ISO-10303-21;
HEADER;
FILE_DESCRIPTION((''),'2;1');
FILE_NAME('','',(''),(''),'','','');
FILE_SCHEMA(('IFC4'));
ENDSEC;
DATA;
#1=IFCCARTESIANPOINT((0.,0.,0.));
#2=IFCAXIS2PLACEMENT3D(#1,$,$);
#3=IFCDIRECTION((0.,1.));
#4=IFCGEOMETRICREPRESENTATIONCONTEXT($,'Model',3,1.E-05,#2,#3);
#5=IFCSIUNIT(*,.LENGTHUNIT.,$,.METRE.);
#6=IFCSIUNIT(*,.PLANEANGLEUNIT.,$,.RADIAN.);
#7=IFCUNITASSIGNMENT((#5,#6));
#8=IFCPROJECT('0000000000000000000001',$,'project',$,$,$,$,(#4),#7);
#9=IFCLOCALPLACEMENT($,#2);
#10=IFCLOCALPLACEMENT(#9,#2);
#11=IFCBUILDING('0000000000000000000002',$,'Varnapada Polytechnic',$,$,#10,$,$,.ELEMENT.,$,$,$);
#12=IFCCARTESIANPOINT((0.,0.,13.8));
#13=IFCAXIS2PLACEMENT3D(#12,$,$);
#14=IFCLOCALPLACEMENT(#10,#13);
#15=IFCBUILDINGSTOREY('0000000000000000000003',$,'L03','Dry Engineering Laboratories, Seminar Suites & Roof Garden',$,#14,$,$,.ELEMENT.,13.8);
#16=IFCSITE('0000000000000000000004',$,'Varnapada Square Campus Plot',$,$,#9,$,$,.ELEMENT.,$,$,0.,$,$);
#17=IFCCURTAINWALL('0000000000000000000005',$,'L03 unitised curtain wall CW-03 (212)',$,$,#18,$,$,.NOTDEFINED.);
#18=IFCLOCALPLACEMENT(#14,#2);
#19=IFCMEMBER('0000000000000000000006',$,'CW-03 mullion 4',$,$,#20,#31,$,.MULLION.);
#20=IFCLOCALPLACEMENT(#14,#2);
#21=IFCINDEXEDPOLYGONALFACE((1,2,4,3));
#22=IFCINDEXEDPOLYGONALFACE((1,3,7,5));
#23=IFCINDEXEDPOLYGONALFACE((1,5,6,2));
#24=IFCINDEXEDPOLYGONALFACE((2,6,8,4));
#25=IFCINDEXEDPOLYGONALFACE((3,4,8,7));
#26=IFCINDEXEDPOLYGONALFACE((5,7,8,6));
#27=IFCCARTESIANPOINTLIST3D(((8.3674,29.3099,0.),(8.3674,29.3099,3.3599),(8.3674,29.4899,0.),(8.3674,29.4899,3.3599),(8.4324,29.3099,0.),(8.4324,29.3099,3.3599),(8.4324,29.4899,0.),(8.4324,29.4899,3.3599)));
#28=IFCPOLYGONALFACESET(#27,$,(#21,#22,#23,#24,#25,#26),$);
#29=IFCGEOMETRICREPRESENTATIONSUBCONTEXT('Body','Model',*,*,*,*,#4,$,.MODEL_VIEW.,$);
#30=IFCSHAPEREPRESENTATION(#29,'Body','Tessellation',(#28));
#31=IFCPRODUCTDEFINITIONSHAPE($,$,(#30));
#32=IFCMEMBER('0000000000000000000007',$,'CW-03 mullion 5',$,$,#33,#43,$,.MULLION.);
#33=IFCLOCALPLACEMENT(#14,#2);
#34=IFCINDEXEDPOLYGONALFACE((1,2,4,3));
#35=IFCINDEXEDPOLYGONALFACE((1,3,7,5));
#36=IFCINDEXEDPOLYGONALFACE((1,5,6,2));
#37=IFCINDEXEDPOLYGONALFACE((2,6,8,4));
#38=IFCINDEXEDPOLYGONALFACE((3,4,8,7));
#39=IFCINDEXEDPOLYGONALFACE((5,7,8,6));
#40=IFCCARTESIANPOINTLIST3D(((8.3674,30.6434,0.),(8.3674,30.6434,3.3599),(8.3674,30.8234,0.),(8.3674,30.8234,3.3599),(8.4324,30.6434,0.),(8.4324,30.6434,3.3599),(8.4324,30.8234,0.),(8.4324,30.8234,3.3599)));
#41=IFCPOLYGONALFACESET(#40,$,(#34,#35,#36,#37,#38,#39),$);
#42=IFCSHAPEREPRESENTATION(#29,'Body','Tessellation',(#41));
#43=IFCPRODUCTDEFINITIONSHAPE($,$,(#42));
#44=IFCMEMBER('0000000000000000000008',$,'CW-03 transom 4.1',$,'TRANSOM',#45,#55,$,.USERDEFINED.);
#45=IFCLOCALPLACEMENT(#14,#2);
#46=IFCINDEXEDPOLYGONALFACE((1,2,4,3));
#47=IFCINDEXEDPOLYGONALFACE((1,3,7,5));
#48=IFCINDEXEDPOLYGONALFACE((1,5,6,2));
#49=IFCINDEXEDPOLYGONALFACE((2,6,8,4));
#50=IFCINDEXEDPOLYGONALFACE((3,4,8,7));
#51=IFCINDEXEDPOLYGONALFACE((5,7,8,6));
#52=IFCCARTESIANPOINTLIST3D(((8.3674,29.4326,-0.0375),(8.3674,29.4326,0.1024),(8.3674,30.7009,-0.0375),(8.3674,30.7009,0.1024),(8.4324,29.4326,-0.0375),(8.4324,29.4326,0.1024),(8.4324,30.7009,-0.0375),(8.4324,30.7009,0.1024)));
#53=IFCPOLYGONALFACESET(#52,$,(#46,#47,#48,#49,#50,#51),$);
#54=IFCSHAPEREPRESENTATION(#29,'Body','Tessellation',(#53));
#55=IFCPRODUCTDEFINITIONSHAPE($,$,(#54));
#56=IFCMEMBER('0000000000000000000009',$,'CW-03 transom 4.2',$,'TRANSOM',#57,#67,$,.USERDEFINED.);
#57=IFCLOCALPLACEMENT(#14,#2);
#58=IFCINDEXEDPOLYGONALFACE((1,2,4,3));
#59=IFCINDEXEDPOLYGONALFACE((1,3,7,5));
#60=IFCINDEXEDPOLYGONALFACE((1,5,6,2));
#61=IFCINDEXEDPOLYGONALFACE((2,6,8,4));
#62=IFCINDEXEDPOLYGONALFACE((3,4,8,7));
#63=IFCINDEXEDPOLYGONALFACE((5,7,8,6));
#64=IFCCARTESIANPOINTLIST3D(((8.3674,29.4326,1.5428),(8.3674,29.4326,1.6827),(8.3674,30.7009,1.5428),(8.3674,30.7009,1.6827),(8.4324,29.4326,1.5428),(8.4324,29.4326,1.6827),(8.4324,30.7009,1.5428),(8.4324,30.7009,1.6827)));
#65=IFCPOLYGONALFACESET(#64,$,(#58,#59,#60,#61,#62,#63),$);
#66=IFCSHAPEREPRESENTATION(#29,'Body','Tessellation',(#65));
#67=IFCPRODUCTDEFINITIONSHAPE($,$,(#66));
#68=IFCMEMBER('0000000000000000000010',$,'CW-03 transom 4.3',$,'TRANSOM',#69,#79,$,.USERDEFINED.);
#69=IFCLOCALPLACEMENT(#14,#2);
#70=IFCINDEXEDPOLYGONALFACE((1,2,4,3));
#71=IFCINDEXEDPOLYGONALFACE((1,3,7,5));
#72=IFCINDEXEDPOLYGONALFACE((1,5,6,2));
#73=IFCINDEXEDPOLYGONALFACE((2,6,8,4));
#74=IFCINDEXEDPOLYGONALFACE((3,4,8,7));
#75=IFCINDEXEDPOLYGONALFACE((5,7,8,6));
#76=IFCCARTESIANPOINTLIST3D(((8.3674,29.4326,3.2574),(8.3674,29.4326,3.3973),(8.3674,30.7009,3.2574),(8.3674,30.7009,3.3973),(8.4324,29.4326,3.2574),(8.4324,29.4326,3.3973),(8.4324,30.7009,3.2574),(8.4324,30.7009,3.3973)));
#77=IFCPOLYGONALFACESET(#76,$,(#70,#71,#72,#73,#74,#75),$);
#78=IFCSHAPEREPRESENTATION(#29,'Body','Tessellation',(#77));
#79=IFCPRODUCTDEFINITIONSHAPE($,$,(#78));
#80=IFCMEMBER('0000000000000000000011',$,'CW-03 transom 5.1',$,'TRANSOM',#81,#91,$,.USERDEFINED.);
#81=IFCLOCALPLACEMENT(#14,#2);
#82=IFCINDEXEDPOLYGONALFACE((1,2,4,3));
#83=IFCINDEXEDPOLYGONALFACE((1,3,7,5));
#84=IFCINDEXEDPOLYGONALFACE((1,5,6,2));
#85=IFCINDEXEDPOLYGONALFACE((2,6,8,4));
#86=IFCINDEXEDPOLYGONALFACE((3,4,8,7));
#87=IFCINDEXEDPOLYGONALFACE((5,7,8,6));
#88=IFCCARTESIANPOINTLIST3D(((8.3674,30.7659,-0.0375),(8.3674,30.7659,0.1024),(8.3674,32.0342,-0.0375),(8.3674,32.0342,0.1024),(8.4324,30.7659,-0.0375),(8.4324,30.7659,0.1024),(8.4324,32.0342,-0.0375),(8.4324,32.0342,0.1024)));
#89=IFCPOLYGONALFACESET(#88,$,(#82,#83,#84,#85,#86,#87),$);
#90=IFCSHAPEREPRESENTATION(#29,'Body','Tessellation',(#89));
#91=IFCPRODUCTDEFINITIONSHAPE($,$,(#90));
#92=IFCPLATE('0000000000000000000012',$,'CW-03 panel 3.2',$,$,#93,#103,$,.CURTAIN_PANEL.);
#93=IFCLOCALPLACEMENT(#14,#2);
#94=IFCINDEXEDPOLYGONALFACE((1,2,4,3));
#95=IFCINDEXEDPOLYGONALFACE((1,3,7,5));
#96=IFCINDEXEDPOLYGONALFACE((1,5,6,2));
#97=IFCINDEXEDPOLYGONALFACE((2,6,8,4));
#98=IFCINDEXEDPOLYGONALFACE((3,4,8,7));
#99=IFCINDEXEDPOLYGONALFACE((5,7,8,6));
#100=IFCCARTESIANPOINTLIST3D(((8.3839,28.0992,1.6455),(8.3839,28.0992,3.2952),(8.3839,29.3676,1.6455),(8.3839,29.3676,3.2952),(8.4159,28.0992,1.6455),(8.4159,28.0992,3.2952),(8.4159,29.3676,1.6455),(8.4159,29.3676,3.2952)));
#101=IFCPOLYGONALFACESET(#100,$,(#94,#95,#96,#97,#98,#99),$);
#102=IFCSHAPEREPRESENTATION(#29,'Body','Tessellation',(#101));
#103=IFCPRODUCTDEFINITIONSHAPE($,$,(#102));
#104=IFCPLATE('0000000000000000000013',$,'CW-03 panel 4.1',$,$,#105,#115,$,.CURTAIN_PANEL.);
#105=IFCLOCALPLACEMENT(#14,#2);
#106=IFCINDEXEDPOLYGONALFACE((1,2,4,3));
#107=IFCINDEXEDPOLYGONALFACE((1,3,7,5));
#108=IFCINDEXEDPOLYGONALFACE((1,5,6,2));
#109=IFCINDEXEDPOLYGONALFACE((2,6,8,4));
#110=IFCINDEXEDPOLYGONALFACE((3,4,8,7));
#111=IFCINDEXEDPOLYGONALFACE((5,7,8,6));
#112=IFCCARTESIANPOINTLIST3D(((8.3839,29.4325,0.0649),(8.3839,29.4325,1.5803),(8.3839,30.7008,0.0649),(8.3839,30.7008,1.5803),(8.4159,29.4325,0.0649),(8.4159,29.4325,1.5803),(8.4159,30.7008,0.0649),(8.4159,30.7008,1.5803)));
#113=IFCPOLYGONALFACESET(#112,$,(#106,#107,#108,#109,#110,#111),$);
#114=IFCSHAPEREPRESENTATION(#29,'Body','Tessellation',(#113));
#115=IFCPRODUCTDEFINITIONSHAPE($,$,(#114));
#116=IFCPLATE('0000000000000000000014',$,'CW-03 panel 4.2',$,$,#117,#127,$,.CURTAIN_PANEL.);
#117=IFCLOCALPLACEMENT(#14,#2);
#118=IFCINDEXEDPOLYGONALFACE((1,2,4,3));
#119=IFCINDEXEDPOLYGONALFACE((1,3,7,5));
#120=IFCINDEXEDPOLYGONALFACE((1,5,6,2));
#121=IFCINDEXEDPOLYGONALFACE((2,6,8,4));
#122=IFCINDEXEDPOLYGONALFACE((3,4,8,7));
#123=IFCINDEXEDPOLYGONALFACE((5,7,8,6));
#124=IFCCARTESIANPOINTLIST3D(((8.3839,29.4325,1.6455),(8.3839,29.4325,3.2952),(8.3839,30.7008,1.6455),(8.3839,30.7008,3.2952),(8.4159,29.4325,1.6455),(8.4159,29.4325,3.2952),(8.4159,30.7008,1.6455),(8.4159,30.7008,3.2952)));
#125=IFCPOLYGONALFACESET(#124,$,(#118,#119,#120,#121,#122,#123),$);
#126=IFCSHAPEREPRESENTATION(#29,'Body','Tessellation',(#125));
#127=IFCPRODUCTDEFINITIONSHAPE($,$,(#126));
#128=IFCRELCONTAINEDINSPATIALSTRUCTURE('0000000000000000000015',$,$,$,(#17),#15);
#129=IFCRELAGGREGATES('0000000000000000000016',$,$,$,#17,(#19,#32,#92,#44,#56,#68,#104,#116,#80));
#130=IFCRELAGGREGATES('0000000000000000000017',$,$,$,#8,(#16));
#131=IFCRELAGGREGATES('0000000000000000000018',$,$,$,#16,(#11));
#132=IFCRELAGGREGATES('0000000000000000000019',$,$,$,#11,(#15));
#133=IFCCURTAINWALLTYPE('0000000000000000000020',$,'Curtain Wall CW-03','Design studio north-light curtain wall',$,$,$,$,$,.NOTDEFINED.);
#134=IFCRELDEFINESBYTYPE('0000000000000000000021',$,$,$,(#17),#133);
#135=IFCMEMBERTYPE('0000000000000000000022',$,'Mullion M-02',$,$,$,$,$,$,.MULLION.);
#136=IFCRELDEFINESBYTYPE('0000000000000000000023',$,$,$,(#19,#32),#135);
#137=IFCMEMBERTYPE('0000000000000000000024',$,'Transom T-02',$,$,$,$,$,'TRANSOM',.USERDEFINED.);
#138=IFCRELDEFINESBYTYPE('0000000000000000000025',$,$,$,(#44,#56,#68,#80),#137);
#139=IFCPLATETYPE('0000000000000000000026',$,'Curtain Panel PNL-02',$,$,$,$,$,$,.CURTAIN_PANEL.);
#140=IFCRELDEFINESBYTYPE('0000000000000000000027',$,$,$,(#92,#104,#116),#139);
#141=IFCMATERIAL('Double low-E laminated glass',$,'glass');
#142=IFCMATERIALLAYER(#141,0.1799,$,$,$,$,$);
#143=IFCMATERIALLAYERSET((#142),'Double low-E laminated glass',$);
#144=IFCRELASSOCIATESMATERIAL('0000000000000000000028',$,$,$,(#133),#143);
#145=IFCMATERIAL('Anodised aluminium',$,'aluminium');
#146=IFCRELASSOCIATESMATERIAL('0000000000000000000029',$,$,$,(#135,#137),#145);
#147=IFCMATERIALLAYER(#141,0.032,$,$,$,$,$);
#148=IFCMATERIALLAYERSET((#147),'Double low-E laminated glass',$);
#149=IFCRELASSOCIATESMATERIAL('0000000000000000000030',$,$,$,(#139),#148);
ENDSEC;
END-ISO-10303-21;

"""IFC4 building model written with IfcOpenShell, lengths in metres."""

from ifc_helpers import new_model, si_unit, direction, frame, origin, origin_2d, place, context, subcontext, project, spatial, rectangle, extrude, material, layer, layer_set, material_profile, profile_set, type_object, element, aggregate, save


model = new_model("IFC4")

# Units and contexts
model_context = context("Model", 3, precision=1e-05, world=origin(), true_north=direction((0.0, 1.0)))
body_context = subcontext(model_context, "Body", "Model", "MODEL_VIEW")
ifc_project = project(units=[si_unit("LENGTHUNIT", "METRE"), si_unit("PLANEANGLEUNIT", "RADIAN")], contexts=[model_context])

# Site, building, storey
site_placement = place(None, origin())
site = spatial("IfcSite", under=ifc_project, at=site_placement, Name="Varnapada Square Campus Plot", CompositionType="ELEMENT", RefElevation=0.0)
building_placement = place(site_placement, origin())
building = spatial("IfcBuilding", under=site, at=building_placement, Name="Varnapada Polytechnic", CompositionType="ELEMENT")
storey_placement = place(building_placement, frame((0.0, 0.0, 13.8)))
storey = spatial("IfcBuildingStorey", under=building, at=storey_placement, Name="L03", Description="Dry Engineering Laboratories, Seminar Suites & Roof Garden", CompositionType="ELEMENT", Elevation=13.8)

# Curtain wall, members, plates
ifc_material_1 = material(Name="Double low-E laminated glass", Category="glass")
ifc_layer_1 = layer(ifc_material_1, 0.1799)
ifc_layer_set_1 = layer_set([ifc_layer_1], Name="Double low-E laminated glass")
curtain_wall_type = type_object("IfcCurtainWallType", Name="Curtain Wall CW-03", Description="Design studio north-light curtain wall", PredefinedType="NOTDEFINED", material=ifc_layer_set_1)
curtain_wall_placement = place(storey_placement, origin())
curtain_wall = element("IfcCurtainWall", 1, at=curtain_wall_placement, inside=storey, type_object=curtain_wall_type, Name="L03 unitised curtain wall CW-03 (212)", PredefinedType="NOTDEFINED")
ifc_material_2 = material(Name="Anodised aluminium", Category="aluminium")
ifc_material_profile_1 = material_profile(ifc_material_2, rectangle(XDim=0.0649, YDim=0.1799, at=origin_2d()), Name="ALU M65x180")
ifc_profile_set_1 = profile_set([ifc_material_profile_1], Name="Anodised aluminium")
member_type_1 = type_object("IfcMemberType", Name="Mullion M-02", PredefinedType="MULLION", material=ifc_profile_set_1)
member_1_placement = place(storey_placement, frame((8.3999, 29.3999, 0.0), z_axis=(0.0, 0.0, 1.0), x_axis=(-1.0, 0.0, 0.0)))
member_1 = element("IfcMember", 2, at=member_1_placement, type_object=member_type_1, Name="CW-03 mullion 4", PredefinedType="MULLION", context=body_context, shape_type="SweptSolid", body=[
    extrude(rectangle(XDim=0.0649, YDim=0.1799, at=origin_2d()), origin(), (0.0, 0.0, 1.0), 3.3599),
])
member_2_placement = place(storey_placement, frame((8.3999, 30.7334, 0.0), z_axis=(0.0, 0.0, 1.0), x_axis=(-1.0, 0.0, 0.0)))
member_2 = element("IfcMember", 3, at=member_2_placement, type_object=member_type_1, Name="CW-03 mullion 5", PredefinedType="MULLION", context=body_context, shape_type="SweptSolid", body=[
    extrude(rectangle(XDim=0.0649, YDim=0.1799, at=origin_2d()), origin(), (0.0, 0.0, 1.0), 3.3599),
])
ifc_material_profile_2 = material_profile(ifc_material_2, rectangle(XDim=0.0649, YDim=0.1399, at=origin_2d()), Name="ALU T65x140")
ifc_profile_set_2 = profile_set([ifc_material_profile_2], Name="Anodised aluminium")
member_type_2 = type_object("IfcMemberType", Name="Transom T-02", ElementType="TRANSOM", PredefinedType="USERDEFINED", material=ifc_profile_set_2)
member_3_placement = place(storey_placement, frame((8.3999, 29.4326, 0.0325), z_axis=(0.0, 1.0, 0.0), x_axis=(-1.0, 0.0, 0.0)))
member_3 = element("IfcMember", 4, at=member_3_placement, type_object=member_type_2, Name="CW-03 transom 4.1", ObjectType="TRANSOM", PredefinedType="USERDEFINED", context=body_context, shape_type="SweptSolid", body=[
    extrude(rectangle(XDim=0.0649, YDim=0.1399, at=origin_2d()), origin(), (0.0, 0.0, 1.0), 1.2683),
])
member_4_placement = place(storey_placement, frame((8.3999, 29.4326, 1.6128), z_axis=(0.0, 1.0, 0.0), x_axis=(-1.0, 0.0, 0.0)))
member_4 = element("IfcMember", 5, at=member_4_placement, type_object=member_type_2, Name="CW-03 transom 4.2", ObjectType="TRANSOM", PredefinedType="USERDEFINED", context=body_context, shape_type="SweptSolid", body=[
    extrude(rectangle(XDim=0.0649, YDim=0.1399, at=origin_2d()), origin(), (0.0, 0.0, 1.0), 1.2683),
])
member_5_placement = place(storey_placement, frame((8.3999, 29.4326, 3.3274), z_axis=(0.0, 1.0, 0.0), x_axis=(-1.0, 0.0, 0.0)))
member_5 = element("IfcMember", 6, at=member_5_placement, type_object=member_type_2, Name="CW-03 transom 4.3", ObjectType="TRANSOM", PredefinedType="USERDEFINED", context=body_context, shape_type="SweptSolid", body=[
    extrude(rectangle(XDim=0.0649, YDim=0.1399, at=origin_2d()), origin(), (0.0, 0.0, 1.0), 1.2683),
])
member_6_placement = place(storey_placement, frame((8.3999, 30.7659, 0.0325), z_axis=(0.0, 1.0, 0.0), x_axis=(-1.0, 0.0, 0.0)))
member_6 = element("IfcMember", 7, at=member_6_placement, type_object=member_type_2, Name="CW-03 transom 5.1", ObjectType="TRANSOM", PredefinedType="USERDEFINED", context=body_context, shape_type="SweptSolid", body=[
    extrude(rectangle(XDim=0.0649, YDim=0.1399, at=origin_2d()), origin(), (0.0, 0.0, 1.0), 1.2683),
])
ifc_layer_2 = layer(ifc_material_1, 0.032)
ifc_layer_set_2 = layer_set([ifc_layer_2], Name="Double low-E laminated glass")
plate_type = type_object("IfcPlateType", Name="Curtain Panel PNL-02", PredefinedType="CURTAIN_PANEL", material=ifc_layer_set_2)
plate_1_placement = place(storey_placement, frame((8.3999, 28.7334, 1.6455), z_axis=(0.0, 0.0, 1.0), x_axis=(0.0, 1.0, 0.0)))
plate_1 = element("IfcPlate", 8, at=plate_1_placement, type_object=plate_type, Name="CW-03 panel 3.2", PredefinedType="CURTAIN_PANEL", context=body_context, shape_type="SweptSolid", body=[
    extrude(rectangle(XDim=1.2683, YDim=0.032, at=origin_2d()), origin(), (0.0, 0.0, 1.0), 1.6497),
])
plate_2_placement = place(storey_placement, frame((8.3999, 30.0667, 0.0649), z_axis=(0.0, 0.0, 1.0), x_axis=(0.0, 1.0, 0.0)))
plate_2 = element("IfcPlate", 9, at=plate_2_placement, type_object=plate_type, Name="CW-03 panel 4.1", PredefinedType="CURTAIN_PANEL", context=body_context, shape_type="SweptSolid", body=[
    extrude(rectangle(XDim=1.2683, YDim=0.032, at=origin_2d()), origin(), (0.0, 0.0, 1.0), 1.5154),
])
plate_3_placement = place(storey_placement, frame((8.3999, 30.0667, 1.6455), z_axis=(0.0, 0.0, 1.0), x_axis=(0.0, 1.0, 0.0)))
plate_3 = element("IfcPlate", 10, at=plate_3_placement, type_object=plate_type, Name="CW-03 panel 4.2", PredefinedType="CURTAIN_PANEL", context=body_context, shape_type="SweptSolid", body=[
    extrude(rectangle(XDim=1.2683, YDim=0.032, at=origin_2d()), origin(), (0.0, 0.0, 1.0), 1.6497),
])
aggregate(curtain_wall, [member_1, member_2, plate_1, member_3, member_4, member_5, plate_2, plate_3, member_6])

save(model, "model.ifc")
